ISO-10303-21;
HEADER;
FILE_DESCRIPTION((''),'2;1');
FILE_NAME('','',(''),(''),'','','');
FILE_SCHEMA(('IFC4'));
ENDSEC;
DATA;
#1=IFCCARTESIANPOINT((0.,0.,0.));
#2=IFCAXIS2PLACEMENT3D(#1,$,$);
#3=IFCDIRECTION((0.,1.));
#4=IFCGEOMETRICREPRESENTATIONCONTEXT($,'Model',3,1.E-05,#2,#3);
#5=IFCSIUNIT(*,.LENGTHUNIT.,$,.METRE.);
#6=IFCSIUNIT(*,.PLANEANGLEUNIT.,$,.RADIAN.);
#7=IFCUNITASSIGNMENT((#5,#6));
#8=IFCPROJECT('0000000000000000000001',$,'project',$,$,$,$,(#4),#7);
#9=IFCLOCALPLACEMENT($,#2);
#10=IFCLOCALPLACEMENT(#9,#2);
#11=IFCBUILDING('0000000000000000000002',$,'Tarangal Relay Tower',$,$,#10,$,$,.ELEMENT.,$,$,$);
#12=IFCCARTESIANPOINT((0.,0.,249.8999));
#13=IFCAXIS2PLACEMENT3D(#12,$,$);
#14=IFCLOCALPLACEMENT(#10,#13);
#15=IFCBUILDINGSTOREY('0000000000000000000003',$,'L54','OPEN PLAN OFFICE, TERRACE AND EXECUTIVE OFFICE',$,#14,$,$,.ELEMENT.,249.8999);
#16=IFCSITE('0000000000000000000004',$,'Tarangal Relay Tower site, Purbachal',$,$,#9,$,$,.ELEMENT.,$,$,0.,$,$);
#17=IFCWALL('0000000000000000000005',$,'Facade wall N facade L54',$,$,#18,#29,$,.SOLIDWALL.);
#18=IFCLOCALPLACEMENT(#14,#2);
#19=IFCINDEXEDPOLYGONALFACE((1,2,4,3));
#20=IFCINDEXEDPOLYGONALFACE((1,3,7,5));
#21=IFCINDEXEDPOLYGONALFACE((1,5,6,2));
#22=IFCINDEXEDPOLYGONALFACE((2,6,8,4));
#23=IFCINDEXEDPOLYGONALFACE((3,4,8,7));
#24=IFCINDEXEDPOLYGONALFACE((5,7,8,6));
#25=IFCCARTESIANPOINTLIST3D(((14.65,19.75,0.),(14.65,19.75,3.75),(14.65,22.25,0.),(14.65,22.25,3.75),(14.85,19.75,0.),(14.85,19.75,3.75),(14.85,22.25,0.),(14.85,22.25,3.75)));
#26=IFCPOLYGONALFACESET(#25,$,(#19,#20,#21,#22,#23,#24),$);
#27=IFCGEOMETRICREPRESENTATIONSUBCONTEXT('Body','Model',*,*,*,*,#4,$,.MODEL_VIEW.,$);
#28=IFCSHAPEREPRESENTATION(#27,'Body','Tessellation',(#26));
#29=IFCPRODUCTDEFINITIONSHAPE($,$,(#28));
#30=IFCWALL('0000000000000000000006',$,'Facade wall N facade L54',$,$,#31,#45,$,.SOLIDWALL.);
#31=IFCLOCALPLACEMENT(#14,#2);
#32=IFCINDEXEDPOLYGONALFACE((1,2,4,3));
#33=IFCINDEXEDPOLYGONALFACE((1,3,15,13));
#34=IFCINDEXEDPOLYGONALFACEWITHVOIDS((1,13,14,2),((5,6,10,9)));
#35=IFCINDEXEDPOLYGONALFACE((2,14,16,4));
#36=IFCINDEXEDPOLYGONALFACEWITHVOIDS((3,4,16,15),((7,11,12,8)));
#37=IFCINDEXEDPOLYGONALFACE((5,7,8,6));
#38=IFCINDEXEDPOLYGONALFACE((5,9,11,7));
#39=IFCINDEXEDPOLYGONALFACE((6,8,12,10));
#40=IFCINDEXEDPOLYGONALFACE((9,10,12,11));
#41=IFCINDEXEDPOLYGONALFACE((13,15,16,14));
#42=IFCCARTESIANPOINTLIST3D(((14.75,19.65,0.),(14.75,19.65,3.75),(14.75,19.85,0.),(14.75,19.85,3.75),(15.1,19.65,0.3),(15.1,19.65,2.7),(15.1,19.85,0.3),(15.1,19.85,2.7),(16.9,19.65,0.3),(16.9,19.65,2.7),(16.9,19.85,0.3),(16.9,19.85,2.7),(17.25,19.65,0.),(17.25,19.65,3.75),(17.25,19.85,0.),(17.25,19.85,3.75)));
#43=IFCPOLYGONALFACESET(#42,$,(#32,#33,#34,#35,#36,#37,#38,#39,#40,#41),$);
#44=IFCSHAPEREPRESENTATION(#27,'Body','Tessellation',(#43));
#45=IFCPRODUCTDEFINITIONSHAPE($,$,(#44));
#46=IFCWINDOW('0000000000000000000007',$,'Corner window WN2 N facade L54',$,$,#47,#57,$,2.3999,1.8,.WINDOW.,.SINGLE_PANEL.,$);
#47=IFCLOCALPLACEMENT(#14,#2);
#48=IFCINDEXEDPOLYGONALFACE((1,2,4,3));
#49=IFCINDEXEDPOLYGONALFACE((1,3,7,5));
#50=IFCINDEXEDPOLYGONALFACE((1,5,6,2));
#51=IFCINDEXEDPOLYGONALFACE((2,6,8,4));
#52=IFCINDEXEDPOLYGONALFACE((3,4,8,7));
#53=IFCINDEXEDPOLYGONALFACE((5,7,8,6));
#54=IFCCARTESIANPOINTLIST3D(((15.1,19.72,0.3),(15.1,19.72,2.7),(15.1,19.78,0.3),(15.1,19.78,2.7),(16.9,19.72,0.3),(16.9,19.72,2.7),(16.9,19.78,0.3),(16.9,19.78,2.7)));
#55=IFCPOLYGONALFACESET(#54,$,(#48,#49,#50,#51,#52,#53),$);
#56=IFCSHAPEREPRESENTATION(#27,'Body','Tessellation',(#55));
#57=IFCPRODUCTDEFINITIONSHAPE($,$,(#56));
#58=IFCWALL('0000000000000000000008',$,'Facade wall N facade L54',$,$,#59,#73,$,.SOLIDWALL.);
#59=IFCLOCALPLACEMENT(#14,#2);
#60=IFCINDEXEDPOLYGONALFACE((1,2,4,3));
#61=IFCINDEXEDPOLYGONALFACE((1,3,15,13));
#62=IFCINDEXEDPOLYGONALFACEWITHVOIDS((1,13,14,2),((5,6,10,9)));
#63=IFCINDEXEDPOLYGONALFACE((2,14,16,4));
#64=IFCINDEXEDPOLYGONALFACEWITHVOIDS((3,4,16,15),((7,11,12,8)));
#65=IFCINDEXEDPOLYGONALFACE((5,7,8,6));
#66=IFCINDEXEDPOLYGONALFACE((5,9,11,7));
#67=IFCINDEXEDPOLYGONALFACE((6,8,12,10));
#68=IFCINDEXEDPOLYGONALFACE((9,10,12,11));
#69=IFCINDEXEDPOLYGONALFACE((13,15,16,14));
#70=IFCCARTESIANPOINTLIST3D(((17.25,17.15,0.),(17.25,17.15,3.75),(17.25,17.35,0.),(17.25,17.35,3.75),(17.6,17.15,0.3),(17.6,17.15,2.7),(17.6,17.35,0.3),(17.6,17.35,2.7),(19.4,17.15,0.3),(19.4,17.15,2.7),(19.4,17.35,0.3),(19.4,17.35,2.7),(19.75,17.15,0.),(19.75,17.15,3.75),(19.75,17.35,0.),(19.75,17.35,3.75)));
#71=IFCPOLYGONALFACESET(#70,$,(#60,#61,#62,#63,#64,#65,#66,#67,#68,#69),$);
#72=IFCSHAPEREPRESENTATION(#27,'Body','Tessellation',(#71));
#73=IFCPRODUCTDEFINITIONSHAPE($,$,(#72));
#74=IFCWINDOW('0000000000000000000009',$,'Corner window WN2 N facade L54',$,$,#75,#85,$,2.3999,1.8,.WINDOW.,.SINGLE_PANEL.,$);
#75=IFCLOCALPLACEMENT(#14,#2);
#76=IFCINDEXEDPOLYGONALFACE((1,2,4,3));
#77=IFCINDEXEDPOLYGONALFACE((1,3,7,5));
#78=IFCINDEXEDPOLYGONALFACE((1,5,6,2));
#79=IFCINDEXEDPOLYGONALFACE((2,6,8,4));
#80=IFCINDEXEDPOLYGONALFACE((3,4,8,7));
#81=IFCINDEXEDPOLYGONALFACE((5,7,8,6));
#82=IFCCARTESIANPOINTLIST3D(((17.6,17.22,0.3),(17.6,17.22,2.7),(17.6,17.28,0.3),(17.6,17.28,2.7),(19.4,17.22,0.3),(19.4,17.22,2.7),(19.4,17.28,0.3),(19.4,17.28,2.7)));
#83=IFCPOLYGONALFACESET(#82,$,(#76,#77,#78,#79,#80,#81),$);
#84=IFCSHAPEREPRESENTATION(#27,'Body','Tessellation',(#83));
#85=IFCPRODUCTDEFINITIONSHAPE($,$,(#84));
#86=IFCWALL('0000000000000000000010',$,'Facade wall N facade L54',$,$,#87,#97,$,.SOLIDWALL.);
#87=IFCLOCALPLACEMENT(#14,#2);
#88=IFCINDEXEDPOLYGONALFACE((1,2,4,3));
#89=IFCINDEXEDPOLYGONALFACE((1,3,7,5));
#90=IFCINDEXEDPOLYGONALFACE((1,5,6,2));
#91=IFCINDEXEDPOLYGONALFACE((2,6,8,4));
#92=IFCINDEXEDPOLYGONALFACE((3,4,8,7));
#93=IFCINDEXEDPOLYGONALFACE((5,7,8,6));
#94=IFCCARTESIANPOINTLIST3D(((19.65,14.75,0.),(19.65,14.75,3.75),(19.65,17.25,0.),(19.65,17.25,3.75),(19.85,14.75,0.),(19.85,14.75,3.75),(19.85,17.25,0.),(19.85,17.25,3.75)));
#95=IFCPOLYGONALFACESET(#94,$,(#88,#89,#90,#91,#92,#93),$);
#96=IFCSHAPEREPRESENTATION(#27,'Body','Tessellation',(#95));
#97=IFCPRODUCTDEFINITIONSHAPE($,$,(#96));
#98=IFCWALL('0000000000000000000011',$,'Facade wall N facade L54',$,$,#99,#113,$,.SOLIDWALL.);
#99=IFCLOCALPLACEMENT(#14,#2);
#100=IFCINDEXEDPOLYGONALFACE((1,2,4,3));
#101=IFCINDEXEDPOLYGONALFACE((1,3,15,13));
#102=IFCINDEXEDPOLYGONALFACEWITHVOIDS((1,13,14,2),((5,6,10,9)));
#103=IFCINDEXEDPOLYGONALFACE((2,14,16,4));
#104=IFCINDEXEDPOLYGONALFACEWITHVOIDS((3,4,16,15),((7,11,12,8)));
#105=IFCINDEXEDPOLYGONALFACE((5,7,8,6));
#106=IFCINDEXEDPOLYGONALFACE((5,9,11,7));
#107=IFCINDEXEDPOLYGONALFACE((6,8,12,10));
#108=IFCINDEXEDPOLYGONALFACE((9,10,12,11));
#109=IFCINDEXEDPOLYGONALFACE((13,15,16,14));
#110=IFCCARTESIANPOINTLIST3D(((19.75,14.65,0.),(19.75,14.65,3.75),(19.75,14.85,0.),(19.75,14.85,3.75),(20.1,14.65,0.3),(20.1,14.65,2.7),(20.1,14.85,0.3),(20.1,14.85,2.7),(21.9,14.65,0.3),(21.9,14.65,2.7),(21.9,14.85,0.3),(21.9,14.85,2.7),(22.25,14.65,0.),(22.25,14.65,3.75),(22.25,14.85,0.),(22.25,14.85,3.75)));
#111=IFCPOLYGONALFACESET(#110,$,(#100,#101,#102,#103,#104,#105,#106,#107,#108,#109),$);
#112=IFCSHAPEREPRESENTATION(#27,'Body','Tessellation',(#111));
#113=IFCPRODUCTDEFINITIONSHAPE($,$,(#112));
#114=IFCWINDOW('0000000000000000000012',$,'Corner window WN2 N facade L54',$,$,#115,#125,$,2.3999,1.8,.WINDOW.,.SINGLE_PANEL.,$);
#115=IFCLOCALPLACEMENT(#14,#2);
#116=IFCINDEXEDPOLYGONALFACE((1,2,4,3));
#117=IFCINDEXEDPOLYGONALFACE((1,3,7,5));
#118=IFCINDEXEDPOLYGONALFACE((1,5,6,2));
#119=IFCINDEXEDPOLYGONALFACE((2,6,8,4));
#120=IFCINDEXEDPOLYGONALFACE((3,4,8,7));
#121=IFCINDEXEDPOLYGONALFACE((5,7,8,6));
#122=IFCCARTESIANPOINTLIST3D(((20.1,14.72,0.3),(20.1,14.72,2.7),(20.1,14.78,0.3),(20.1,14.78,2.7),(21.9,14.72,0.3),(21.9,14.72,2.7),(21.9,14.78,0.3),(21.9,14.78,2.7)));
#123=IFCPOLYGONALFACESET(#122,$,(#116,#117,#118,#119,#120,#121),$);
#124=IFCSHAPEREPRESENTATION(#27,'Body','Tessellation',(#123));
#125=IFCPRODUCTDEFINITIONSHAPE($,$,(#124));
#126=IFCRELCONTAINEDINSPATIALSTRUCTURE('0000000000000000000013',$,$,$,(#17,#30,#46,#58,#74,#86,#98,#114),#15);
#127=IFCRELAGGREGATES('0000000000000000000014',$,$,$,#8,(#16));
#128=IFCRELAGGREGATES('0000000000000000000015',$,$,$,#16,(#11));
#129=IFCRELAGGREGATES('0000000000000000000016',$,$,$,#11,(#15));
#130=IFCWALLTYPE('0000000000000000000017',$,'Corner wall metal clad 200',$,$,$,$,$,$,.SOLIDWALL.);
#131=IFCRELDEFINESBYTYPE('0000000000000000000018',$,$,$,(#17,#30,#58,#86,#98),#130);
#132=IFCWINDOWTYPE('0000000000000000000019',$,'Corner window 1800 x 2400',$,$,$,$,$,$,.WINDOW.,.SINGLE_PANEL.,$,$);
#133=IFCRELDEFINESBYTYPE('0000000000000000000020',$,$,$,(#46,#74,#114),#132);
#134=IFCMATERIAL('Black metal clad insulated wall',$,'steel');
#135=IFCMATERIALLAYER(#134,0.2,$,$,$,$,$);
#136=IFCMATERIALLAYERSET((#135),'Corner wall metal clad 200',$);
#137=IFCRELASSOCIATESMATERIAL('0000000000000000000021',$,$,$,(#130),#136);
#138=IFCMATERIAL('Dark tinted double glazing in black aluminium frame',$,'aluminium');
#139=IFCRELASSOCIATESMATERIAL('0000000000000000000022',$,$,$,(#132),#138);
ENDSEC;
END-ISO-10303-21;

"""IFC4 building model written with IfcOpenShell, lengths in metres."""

from ifc_helpers import new_model, si_unit, direction, frame, frame_2d, origin, place, context, subcontext, project, spatial, rectangle, extrude, material, layer, layer_set, type_object, element, fill, save


model = new_model("IFC4")

# Units and contexts
model_context = context("Model", 3, precision=1e-05, world=origin(), true_north=direction((0.0, 1.0)))
body_context = subcontext(model_context, "Body", "Model", "MODEL_VIEW")
ifc_project = project(units=[si_unit("LENGTHUNIT", "METRE"), si_unit("PLANEANGLEUNIT", "RADIAN")], contexts=[model_context])

# Site, building, storey
site_placement = place(None, origin())
site = spatial("IfcSite", under=ifc_project, at=site_placement, Name="Tarangal Relay Tower site, Purbachal", CompositionType="ELEMENT", RefElevation=0.0)
building_placement = place(site_placement, origin())
building = spatial("IfcBuilding", under=site, at=building_placement, Name="Tarangal Relay Tower", CompositionType="ELEMENT")
storey_placement = place(building_placement, frame((0.0, 0.0, 249.8999)))
storey = spatial("IfcBuildingStorey", under=building, at=storey_placement, Name="L54", Description="OPEN PLAN OFFICE, TERRACE AND EXECUTIVE OFFICE", CompositionType="ELEMENT", Elevation=249.8999)

# Wall
ifc_material_1 = material(Name="Black metal clad insulated wall", Category="steel")
ifc_layer_1 = layer(ifc_material_1, 0.2)
ifc_layer_set_1 = layer_set([ifc_layer_1], Name="Corner wall metal clad 200")
wall_type_1 = type_object("IfcWallType", Name="Corner wall metal clad 200", PredefinedType="SOLIDWALL", material=ifc_layer_set_1)
wall_1_placement = place(storey_placement, frame((14.75, 22.25, 0.0), z_axis=(0.0, 0.0, 1.0), x_axis=(0.0, -1.0, 0.0)))
element("IfcWall", 1, at=wall_1_placement, inside=storey, type_object=wall_type_1, Name="Facade wall N facade L54", PredefinedType="SOLIDWALL", context=body_context, shape_type="SweptSolid", body=[
    extrude(rectangle(XDim=2.5, YDim=0.2, at=frame_2d((1.25, 0.0))), origin(), (0.0, 0.0, 1.0), 3.75),
])

# Wall, opening, window
wall_2_placement = place(storey_placement, frame((14.75, 19.75, 0.0), z_axis=(0.0, 0.0, 1.0), x_axis=(1.0, 0.0, 0.0)))
wall_2 = element("IfcWall", 2, at=wall_2_placement, inside=storey, type_object=wall_type_1, Name="Facade wall N facade L54", PredefinedType="SOLIDWALL", context=body_context, shape_type="SweptSolid", body=[
    extrude(rectangle(XDim=2.5, YDim=0.2, at=frame_2d((1.25, 0.0))), origin(), (0.0, 0.0, 1.0), 3.75),
])
opening_1_placement = place(wall_2_placement, frame((0.3501, 0.0, 0.3)))
opening_1 = element("IfcOpeningElement", 3, at=opening_1_placement, cuts=wall_2, PredefinedType="OPENING", context=body_context, shape_type="SweptSolid", body=[
    extrude(rectangle(XDim=1.8, YDim=2.3999, at=frame_2d((0.8999, 1.2))), frame((0.0, 0.1099, 0.0), z_axis=(0.0, -1.0, 0.0), x_axis=(1.0, 0.0, 0.0)), (0.0, 0.0, 1.0), 0.22),
])
ifc_material_2 = material(Name="Dark tinted double glazing in black aluminium frame", Category="aluminium")
window_type = type_object("IfcWindowType", Name="Corner window 1800 x 2400", PartitioningType="SINGLE_PANEL", PredefinedType="WINDOW", material=ifc_material_2)
window_1_placement = place(opening_1_placement, origin())
window_1 = element("IfcWindow", 4, at=window_1_placement, inside=storey, type_object=window_type, Name="Corner window WN2 N facade L54", OverallHeight=2.3999, OverallWidth=1.8, PartitioningType="SINGLE_PANEL", PredefinedType="WINDOW", context=body_context, shape_type="SweptSolid", body=[
    extrude(rectangle(XDim=1.8, YDim=2.3999, at=frame_2d((0.8999, 1.2))), frame((0.0, 0.03, 0.0), z_axis=(0.0, -1.0, 0.0), x_axis=(1.0, 0.0, 0.0)), (0.0, 0.0, 1.0), 0.0601),
])
fill(opening_1, window_1)

# Wall, opening, window
wall_3_placement = place(storey_placement, frame((17.25, 17.25, 0.0), z_axis=(0.0, 0.0, 1.0), x_axis=(1.0, 0.0, 0.0)))
wall_3 = element("IfcWall", 5, at=wall_3_placement, inside=storey, type_object=wall_type_1, Name="Facade wall N facade L54", PredefinedType="SOLIDWALL", context=body_context, shape_type="SweptSolid", body=[
    extrude(rectangle(XDim=2.5, YDim=0.2, at=frame_2d((1.25, 0.0))), origin(), (0.0, 0.0, 1.0), 3.75),
])
opening_2_placement = place(wall_3_placement, frame((0.3501, 0.0, 0.3)))
opening_2 = element("IfcOpeningElement", 6, at=opening_2_placement, cuts=wall_3, PredefinedType="OPENING", context=body_context, shape_type="SweptSolid", body=[
    extrude(rectangle(XDim=1.8, YDim=2.3999, at=frame_2d((0.8999, 1.2))), frame((0.0, 0.1099, 0.0), z_axis=(0.0, -1.0, 0.0), x_axis=(1.0, 0.0, 0.0)), (0.0, 0.0, 1.0), 0.22),
])
window_2_placement = place(opening_2_placement, origin())
window_2 = element("IfcWindow", 7, at=window_2_placement, inside=storey, type_object=window_type, Name="Corner window WN2 N facade L54", OverallHeight=2.3999, OverallWidth=1.8, PartitioningType="SINGLE_PANEL", PredefinedType="WINDOW", context=body_context, shape_type="SweptSolid", body=[
    extrude(rectangle(XDim=1.8, YDim=2.3999, at=frame_2d((0.8999, 1.2))), frame((0.0, 0.03, 0.0), z_axis=(0.0, -1.0, 0.0), x_axis=(1.0, 0.0, 0.0)), (0.0, 0.0, 1.0), 0.0601),
])
fill(opening_2, window_2)

# Wall
wall_4_placement = place(storey_placement, frame((19.75, 17.25, 0.0), z_axis=(0.0, 0.0, 1.0), x_axis=(0.0, -1.0, 0.0)))
element("IfcWall", 8, at=wall_4_placement, inside=storey, type_object=wall_type_1, Name="Facade wall N facade L54", PredefinedType="SOLIDWALL", context=body_context, shape_type="SweptSolid", body=[
    extrude(rectangle(XDim=2.5, YDim=0.2, at=frame_2d((1.25, 0.0))), origin(), (0.0, 0.0, 1.0), 3.75),
])

# Wall, opening, window
wall_5_placement = place(storey_placement, frame((19.75, 14.75, 0.0), z_axis=(0.0, 0.0, 1.0), x_axis=(1.0, 0.0, 0.0)))
wall_5 = element("IfcWall", 9, at=wall_5_placement, inside=storey, type_object=wall_type_1, Name="Facade wall N facade L54", PredefinedType="SOLIDWALL", context=body_context, shape_type="SweptSolid", body=[
    extrude(rectangle(XDim=2.5, YDim=0.2, at=frame_2d((1.25, 0.0))), origin(), (0.0, 0.0, 1.0), 3.75),
])
opening_3_placement = place(wall_5_placement, frame((0.3501, 0.0, 0.3)))
opening_3 = element("IfcOpeningElement", 10, at=opening_3_placement, cuts=wall_5, PredefinedType="OPENING", context=body_context, shape_type="SweptSolid", body=[
    extrude(rectangle(XDim=1.8, YDim=2.3999, at=frame_2d((0.8999, 1.2))), frame((0.0, 0.1099, 0.0), z_axis=(0.0, -1.0, 0.0), x_axis=(1.0, 0.0, 0.0)), (0.0, 0.0, 1.0), 0.22),
])
window_3_placement = place(opening_3_placement, origin())
window_3 = element("IfcWindow", 11, at=window_3_placement, inside=storey, type_object=window_type, Name="Corner window WN2 N facade L54", OverallHeight=2.3999, OverallWidth=1.8, PartitioningType="SINGLE_PANEL", PredefinedType="WINDOW", context=body_context, shape_type="SweptSolid", body=[
    extrude(rectangle(XDim=1.8, YDim=2.3999, at=frame_2d((0.8999, 1.2))), frame((0.0, 0.03, 0.0), z_axis=(0.0, -1.0, 0.0), x_axis=(1.0, 0.0, 0.0)), (0.0, 0.0, 1.0), 0.0601),
])
fill(opening_3, window_3)

save(model, "model.ifc")
